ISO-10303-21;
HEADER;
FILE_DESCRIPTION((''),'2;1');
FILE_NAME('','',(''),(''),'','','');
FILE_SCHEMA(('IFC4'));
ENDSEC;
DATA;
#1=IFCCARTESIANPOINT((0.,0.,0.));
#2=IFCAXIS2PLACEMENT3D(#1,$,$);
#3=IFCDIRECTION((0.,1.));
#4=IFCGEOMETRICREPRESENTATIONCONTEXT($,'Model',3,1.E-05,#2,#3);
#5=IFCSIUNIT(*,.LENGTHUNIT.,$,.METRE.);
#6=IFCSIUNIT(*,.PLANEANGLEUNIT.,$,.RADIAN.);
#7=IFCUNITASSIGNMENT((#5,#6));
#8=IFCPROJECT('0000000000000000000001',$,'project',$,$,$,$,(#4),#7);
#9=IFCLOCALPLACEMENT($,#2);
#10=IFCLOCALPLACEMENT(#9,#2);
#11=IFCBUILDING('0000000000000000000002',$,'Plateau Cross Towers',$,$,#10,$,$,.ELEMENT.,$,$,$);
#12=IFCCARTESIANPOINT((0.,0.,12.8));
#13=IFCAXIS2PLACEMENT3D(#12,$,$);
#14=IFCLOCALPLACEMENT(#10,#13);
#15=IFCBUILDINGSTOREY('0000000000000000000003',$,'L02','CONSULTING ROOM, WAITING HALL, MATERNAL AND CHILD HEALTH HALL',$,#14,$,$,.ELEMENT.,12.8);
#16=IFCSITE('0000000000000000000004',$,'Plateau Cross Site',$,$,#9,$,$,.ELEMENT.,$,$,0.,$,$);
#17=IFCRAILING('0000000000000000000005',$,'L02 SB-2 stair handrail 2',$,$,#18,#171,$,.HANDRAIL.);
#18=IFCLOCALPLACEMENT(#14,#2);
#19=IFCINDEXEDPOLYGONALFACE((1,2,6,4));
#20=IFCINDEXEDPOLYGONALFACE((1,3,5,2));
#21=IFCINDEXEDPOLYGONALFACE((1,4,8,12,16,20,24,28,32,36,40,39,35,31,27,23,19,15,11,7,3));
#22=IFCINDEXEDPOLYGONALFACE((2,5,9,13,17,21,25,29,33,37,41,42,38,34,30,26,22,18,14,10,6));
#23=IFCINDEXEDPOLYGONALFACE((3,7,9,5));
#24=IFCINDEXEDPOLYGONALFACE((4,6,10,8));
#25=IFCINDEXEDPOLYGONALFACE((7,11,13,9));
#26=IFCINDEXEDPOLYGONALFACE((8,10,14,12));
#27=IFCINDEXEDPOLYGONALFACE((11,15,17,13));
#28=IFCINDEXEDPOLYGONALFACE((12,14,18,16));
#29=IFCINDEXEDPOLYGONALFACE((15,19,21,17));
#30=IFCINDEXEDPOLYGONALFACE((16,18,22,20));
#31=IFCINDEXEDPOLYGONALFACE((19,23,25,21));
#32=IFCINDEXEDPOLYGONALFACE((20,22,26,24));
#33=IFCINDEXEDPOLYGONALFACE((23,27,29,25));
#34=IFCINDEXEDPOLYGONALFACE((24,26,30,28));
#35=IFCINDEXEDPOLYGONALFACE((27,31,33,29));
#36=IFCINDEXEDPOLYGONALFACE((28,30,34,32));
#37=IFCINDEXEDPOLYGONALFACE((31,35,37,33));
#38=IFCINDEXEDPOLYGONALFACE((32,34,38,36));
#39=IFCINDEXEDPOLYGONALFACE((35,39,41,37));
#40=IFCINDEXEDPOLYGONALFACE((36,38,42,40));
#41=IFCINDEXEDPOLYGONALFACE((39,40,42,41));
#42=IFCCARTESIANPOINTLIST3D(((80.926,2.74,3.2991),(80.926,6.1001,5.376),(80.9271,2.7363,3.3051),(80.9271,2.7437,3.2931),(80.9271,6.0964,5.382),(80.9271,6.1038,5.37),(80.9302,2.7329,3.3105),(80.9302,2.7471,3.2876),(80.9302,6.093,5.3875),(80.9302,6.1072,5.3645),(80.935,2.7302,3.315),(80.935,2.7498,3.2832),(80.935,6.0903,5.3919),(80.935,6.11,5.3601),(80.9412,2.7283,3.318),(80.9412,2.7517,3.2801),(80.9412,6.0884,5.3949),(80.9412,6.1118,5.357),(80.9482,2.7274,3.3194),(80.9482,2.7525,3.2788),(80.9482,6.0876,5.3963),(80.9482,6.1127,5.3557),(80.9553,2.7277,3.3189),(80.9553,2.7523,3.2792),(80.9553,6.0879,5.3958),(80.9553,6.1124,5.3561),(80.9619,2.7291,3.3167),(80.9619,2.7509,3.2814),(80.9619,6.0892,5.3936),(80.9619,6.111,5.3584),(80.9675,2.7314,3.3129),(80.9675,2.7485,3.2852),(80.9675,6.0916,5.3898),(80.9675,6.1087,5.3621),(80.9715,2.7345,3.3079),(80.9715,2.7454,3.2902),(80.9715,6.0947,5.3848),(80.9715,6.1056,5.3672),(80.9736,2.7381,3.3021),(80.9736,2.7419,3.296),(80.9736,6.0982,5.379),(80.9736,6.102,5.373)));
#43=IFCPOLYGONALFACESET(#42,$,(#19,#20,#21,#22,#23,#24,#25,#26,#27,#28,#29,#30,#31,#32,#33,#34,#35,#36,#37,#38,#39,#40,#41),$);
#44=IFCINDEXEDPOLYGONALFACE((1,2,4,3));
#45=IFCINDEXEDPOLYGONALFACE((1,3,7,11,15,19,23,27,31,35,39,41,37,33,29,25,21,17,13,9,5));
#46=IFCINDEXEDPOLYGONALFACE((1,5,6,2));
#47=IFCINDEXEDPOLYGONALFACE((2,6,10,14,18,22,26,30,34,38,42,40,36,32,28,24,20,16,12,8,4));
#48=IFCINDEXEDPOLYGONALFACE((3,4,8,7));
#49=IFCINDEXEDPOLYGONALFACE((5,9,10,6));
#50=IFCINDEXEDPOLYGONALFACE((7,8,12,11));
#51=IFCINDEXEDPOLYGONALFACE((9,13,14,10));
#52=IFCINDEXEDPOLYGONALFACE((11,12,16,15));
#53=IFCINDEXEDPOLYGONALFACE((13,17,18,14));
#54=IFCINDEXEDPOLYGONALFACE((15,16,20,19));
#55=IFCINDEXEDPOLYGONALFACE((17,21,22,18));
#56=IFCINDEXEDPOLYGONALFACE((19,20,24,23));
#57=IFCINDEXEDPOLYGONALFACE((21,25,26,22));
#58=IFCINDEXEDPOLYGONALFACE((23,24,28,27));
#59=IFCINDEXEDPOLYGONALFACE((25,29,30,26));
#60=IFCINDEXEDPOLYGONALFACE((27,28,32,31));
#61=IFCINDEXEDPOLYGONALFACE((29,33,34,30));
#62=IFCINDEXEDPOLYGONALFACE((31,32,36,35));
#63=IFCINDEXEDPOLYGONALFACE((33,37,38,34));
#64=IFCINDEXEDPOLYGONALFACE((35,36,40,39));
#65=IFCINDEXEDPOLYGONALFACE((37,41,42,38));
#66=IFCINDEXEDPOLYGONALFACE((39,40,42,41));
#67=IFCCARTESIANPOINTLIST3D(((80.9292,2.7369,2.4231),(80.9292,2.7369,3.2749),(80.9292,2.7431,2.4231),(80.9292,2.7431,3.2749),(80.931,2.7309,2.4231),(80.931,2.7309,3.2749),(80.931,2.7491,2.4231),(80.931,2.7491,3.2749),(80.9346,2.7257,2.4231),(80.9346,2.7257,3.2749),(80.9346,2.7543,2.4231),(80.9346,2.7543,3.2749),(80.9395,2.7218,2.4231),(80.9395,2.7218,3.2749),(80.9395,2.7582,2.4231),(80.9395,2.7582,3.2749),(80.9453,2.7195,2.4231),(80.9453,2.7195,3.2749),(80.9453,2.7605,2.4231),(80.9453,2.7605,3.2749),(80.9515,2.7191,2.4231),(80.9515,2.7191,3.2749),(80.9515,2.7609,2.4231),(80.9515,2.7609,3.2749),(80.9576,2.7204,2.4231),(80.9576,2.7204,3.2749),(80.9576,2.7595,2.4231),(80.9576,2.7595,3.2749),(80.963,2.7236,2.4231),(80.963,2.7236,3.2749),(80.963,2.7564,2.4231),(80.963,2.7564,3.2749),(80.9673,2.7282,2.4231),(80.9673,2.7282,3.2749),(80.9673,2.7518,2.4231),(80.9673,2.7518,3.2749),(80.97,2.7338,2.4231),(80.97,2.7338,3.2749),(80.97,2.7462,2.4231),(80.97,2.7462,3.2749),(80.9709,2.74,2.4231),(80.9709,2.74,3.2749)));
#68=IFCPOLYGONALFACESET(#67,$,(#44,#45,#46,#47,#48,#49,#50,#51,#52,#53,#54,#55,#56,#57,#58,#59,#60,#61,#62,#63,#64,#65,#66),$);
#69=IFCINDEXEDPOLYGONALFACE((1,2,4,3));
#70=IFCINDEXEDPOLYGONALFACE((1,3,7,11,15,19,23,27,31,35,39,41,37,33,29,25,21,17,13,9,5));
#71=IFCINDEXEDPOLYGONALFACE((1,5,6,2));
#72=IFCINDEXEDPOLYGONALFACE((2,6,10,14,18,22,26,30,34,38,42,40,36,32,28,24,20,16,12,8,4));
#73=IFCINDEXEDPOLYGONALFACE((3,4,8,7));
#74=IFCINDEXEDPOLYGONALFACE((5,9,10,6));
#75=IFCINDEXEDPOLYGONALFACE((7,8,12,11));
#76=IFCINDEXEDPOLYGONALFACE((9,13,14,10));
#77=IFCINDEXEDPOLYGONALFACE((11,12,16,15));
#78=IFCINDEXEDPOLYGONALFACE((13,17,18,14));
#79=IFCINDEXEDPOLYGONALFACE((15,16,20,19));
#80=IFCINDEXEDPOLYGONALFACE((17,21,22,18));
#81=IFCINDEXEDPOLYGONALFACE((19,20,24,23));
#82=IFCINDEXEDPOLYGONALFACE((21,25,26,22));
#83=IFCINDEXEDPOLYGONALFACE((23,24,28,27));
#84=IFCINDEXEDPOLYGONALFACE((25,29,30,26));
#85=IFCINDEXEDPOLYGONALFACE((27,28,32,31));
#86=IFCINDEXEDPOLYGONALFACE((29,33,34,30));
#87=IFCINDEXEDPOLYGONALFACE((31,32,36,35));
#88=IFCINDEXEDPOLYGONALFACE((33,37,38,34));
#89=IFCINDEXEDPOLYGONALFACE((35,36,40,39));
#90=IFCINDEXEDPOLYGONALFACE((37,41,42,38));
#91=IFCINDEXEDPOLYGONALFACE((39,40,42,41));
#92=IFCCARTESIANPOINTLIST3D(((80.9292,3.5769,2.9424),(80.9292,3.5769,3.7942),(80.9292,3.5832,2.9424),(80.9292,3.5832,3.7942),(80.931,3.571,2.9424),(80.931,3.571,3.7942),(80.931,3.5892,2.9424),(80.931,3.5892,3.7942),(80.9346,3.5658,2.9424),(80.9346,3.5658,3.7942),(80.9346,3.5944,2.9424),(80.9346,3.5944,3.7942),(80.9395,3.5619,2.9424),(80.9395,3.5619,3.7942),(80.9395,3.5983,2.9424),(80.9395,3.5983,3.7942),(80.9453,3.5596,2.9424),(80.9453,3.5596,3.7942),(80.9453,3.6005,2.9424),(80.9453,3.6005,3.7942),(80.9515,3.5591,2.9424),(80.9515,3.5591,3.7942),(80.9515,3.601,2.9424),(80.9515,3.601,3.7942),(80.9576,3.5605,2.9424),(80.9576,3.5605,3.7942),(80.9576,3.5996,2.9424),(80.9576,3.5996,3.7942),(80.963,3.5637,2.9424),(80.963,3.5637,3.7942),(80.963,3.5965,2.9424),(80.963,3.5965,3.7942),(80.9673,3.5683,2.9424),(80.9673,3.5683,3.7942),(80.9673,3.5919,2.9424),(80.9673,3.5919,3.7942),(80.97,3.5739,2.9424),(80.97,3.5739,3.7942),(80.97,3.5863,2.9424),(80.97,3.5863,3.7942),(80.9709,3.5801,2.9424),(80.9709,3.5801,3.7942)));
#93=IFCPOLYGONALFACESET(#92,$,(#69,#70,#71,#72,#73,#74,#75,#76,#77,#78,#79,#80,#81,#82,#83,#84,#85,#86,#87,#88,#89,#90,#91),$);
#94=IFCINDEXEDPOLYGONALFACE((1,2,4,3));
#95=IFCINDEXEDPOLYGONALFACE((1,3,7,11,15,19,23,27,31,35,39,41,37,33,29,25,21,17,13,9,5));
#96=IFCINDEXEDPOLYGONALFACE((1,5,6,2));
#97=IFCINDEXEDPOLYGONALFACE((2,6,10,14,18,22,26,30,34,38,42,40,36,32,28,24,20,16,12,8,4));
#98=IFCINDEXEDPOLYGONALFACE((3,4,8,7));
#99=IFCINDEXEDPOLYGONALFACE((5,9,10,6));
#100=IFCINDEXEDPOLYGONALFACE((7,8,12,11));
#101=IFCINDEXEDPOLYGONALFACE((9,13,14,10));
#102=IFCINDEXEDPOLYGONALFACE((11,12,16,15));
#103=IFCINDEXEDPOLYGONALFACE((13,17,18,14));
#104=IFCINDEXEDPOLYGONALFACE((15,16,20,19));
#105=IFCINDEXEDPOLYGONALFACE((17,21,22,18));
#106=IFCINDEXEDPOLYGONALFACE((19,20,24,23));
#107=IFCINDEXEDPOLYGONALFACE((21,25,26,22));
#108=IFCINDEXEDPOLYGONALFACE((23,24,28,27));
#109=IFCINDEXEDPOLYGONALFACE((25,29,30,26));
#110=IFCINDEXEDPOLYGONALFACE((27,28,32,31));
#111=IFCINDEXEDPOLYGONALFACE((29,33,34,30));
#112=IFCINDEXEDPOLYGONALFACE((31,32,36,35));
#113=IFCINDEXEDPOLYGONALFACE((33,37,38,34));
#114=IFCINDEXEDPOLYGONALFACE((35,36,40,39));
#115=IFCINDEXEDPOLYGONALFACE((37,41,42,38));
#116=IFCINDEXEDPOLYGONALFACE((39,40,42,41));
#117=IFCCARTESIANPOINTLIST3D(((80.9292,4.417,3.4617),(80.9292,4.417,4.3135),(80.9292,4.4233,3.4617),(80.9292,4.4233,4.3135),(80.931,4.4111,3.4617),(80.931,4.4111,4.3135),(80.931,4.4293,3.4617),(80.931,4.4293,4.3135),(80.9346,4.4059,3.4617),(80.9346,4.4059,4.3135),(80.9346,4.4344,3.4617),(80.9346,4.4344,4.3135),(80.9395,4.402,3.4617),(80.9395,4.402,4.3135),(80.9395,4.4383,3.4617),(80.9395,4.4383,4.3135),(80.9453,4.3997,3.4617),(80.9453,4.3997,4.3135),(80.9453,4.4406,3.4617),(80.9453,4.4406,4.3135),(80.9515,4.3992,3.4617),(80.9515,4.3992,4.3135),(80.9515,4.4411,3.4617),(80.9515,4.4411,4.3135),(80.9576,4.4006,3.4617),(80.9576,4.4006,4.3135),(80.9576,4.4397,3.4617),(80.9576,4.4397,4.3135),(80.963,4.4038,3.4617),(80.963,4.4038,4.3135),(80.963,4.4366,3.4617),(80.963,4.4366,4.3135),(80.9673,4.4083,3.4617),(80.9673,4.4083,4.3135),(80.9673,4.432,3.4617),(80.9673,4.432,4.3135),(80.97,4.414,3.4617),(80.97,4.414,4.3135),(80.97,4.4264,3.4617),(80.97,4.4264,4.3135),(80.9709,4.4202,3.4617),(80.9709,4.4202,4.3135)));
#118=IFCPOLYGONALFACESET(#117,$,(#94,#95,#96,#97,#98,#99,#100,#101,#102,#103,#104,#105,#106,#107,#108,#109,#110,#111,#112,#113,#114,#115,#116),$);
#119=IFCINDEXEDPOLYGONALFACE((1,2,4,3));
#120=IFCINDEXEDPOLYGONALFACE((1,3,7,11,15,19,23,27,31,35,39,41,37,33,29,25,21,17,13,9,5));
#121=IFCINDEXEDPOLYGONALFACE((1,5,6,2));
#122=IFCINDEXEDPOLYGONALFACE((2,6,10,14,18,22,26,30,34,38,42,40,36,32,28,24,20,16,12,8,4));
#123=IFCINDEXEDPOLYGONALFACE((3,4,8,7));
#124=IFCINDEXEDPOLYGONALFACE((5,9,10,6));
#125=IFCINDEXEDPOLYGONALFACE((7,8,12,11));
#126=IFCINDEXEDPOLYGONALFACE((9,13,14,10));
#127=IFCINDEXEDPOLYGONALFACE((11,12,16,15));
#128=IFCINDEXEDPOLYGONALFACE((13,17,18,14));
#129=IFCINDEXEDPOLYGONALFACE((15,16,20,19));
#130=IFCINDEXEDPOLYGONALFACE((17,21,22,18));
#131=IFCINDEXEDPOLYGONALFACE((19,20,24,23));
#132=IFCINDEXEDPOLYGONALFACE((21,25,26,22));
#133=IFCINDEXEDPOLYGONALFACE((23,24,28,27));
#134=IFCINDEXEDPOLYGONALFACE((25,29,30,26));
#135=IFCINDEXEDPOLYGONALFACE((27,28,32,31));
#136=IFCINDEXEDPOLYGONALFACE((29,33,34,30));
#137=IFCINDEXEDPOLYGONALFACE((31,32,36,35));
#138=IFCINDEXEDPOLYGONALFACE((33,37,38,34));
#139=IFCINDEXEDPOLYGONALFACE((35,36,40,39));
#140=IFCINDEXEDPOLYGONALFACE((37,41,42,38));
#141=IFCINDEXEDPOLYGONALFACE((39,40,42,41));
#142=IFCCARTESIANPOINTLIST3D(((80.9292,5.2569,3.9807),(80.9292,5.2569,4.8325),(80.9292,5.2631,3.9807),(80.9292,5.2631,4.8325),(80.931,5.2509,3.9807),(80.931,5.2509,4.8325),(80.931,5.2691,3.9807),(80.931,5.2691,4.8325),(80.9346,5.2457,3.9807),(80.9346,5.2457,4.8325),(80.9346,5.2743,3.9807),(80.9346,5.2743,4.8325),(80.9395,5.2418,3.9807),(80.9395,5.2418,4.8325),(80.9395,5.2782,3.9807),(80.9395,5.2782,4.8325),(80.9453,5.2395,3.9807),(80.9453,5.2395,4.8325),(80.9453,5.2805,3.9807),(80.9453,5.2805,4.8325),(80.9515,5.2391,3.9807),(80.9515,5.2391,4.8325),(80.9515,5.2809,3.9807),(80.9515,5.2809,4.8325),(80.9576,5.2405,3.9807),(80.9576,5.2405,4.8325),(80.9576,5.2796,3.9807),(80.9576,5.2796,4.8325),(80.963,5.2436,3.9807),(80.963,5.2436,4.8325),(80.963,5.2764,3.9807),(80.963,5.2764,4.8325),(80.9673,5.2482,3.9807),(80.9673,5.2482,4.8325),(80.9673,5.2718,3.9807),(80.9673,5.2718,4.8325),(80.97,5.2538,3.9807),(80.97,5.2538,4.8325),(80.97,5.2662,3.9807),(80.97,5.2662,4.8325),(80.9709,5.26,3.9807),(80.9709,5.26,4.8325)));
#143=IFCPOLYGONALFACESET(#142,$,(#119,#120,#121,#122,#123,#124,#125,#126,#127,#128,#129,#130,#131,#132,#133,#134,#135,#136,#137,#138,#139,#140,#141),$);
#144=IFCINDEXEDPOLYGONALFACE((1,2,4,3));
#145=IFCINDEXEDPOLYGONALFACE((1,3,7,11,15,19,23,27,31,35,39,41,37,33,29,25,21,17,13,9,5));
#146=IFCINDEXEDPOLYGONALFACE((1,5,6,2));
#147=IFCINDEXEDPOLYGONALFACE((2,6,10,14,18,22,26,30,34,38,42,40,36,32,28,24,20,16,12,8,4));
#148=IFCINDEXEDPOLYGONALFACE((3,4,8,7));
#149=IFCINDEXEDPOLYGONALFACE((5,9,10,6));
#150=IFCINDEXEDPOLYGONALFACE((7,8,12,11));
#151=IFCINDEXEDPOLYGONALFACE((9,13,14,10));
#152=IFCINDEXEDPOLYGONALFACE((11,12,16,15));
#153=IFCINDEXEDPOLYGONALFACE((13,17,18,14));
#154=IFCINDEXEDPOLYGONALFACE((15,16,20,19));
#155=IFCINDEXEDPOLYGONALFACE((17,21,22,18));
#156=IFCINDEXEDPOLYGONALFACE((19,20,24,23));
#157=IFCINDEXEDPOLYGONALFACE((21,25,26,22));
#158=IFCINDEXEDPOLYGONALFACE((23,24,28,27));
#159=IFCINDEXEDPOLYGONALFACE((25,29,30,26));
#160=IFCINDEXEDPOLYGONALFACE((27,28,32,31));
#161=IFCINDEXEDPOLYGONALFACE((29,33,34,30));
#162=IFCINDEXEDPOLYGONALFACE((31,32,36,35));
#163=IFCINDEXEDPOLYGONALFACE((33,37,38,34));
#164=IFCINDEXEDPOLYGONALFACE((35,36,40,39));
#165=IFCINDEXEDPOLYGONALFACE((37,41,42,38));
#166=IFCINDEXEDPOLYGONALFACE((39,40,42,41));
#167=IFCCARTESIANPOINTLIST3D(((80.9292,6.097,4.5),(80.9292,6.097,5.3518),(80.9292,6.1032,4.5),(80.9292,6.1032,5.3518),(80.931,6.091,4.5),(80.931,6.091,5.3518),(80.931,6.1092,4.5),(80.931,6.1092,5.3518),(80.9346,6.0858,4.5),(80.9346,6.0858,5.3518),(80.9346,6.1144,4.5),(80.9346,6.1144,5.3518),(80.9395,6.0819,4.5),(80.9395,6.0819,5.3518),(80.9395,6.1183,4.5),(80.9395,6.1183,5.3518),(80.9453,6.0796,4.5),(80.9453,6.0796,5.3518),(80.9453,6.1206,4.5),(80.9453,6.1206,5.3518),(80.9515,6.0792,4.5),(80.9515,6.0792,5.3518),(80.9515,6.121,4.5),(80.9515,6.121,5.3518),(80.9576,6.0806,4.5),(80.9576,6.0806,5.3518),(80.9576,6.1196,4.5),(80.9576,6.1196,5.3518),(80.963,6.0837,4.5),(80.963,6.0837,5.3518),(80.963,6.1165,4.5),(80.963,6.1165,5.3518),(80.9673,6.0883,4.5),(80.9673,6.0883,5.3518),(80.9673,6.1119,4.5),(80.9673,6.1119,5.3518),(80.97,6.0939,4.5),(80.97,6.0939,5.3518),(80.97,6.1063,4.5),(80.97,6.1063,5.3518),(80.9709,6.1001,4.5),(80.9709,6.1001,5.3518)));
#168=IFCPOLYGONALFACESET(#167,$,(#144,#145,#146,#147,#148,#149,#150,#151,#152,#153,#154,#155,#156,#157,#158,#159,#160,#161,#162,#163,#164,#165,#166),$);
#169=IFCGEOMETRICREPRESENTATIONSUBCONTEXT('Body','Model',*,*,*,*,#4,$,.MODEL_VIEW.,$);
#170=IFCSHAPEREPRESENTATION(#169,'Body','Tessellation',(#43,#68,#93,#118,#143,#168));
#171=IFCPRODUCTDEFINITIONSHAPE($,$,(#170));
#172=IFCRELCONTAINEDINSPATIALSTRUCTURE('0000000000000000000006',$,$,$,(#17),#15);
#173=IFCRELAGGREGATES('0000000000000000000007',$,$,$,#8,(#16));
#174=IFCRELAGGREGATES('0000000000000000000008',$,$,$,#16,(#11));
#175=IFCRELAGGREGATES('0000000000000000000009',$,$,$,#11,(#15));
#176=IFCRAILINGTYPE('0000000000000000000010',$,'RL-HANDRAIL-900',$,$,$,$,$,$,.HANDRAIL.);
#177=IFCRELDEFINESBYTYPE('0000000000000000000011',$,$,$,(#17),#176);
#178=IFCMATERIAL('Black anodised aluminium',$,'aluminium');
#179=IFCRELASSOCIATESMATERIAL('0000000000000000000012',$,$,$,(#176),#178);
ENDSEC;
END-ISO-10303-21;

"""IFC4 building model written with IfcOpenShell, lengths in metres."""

from ifc_helpers import new_model, si_unit, direction, frame, origin, origin_2d, place, context, subcontext, project, spatial, circle, extrude, material, type_object, element, save


model = new_model("IFC4")

# Units and contexts
model_context = context("Model", 3, precision=1e-05, world=origin(), true_north=direction((0.0, 1.0)))
body_context = subcontext(model_context, "Body", "Model", "MODEL_VIEW")
ifc_project = project(units=[si_unit("LENGTHUNIT", "METRE"), si_unit("PLANEANGLEUNIT", "RADIAN")], contexts=[model_context])

# Site, building, storey
site_placement = place(None, origin())
site = spatial("IfcSite", under=ifc_project, at=site_placement, Name="Plateau Cross Site", CompositionType="ELEMENT", RefElevation=0.0)
building_placement = place(site_placement, origin())
building = spatial("IfcBuilding", under=site, at=building_placement, Name="Plateau Cross Towers", CompositionType="ELEMENT")
storey_placement = place(building_placement, frame((0.0, 0.0, 12.8)))
storey = spatial("IfcBuildingStorey", under=building, at=storey_placement, Name="L02", Description="CONSULTING ROOM, WAITING HALL, MATERNAL AND CHILD HEALTH HALL", CompositionType="ELEMENT", Elevation=12.8)

# Railing
ifc_material_1 = material(Name="Black anodised aluminium", Category="aluminium")
railing_type_1 = type_object("IfcRailingType", Name="RL-HANDRAIL-900", PredefinedType="HANDRAIL", material=ifc_material_1)
railing_1_placement = place(storey_placement, frame((80.95, 2.74, 2.4231)))
element("IfcRailing", 1, at=railing_1_placement, inside=storey, type_object=railing_type_1, Name="L02 SB-2 stair handrail 2", PredefinedType="HANDRAIL", context=body_context, shape_type="SweptSolid", body=[
    extrude(circle(Radius=0.0239, at=origin_2d()), frame((0.0, 0.0, 0.876), z_axis=(0.0, 0.850623, 0.525776), x_axis=(-1.0, 0.0, 0.0)), (0.0, 0.0, 1.0), 3.9502),
    extrude(circle(Radius=0.021, at=origin_2d()), origin(), (0.0, 0.0, 1.0), 0.8518),
    extrude(circle(Radius=0.021, at=origin_2d()), frame((0.0, 0.8401, 0.5193)), (0.0, 0.0, 1.0), 0.8518),
    extrude(circle(Radius=0.021, at=origin_2d()), frame((0.0, 1.6802, 1.0386)), (0.0, 0.0, 1.0), 0.8518),
    extrude(circle(Radius=0.021, at=origin_2d()), frame((0.0, 2.52, 1.5576)), (0.0, 0.0, 1.0), 0.8518),
    extrude(circle(Radius=0.021, at=origin_2d()), frame((0.0, 3.3601, 2.0769)), (0.0, 0.0, 1.0), 0.8518),
])

save(model, "model.ifc")
